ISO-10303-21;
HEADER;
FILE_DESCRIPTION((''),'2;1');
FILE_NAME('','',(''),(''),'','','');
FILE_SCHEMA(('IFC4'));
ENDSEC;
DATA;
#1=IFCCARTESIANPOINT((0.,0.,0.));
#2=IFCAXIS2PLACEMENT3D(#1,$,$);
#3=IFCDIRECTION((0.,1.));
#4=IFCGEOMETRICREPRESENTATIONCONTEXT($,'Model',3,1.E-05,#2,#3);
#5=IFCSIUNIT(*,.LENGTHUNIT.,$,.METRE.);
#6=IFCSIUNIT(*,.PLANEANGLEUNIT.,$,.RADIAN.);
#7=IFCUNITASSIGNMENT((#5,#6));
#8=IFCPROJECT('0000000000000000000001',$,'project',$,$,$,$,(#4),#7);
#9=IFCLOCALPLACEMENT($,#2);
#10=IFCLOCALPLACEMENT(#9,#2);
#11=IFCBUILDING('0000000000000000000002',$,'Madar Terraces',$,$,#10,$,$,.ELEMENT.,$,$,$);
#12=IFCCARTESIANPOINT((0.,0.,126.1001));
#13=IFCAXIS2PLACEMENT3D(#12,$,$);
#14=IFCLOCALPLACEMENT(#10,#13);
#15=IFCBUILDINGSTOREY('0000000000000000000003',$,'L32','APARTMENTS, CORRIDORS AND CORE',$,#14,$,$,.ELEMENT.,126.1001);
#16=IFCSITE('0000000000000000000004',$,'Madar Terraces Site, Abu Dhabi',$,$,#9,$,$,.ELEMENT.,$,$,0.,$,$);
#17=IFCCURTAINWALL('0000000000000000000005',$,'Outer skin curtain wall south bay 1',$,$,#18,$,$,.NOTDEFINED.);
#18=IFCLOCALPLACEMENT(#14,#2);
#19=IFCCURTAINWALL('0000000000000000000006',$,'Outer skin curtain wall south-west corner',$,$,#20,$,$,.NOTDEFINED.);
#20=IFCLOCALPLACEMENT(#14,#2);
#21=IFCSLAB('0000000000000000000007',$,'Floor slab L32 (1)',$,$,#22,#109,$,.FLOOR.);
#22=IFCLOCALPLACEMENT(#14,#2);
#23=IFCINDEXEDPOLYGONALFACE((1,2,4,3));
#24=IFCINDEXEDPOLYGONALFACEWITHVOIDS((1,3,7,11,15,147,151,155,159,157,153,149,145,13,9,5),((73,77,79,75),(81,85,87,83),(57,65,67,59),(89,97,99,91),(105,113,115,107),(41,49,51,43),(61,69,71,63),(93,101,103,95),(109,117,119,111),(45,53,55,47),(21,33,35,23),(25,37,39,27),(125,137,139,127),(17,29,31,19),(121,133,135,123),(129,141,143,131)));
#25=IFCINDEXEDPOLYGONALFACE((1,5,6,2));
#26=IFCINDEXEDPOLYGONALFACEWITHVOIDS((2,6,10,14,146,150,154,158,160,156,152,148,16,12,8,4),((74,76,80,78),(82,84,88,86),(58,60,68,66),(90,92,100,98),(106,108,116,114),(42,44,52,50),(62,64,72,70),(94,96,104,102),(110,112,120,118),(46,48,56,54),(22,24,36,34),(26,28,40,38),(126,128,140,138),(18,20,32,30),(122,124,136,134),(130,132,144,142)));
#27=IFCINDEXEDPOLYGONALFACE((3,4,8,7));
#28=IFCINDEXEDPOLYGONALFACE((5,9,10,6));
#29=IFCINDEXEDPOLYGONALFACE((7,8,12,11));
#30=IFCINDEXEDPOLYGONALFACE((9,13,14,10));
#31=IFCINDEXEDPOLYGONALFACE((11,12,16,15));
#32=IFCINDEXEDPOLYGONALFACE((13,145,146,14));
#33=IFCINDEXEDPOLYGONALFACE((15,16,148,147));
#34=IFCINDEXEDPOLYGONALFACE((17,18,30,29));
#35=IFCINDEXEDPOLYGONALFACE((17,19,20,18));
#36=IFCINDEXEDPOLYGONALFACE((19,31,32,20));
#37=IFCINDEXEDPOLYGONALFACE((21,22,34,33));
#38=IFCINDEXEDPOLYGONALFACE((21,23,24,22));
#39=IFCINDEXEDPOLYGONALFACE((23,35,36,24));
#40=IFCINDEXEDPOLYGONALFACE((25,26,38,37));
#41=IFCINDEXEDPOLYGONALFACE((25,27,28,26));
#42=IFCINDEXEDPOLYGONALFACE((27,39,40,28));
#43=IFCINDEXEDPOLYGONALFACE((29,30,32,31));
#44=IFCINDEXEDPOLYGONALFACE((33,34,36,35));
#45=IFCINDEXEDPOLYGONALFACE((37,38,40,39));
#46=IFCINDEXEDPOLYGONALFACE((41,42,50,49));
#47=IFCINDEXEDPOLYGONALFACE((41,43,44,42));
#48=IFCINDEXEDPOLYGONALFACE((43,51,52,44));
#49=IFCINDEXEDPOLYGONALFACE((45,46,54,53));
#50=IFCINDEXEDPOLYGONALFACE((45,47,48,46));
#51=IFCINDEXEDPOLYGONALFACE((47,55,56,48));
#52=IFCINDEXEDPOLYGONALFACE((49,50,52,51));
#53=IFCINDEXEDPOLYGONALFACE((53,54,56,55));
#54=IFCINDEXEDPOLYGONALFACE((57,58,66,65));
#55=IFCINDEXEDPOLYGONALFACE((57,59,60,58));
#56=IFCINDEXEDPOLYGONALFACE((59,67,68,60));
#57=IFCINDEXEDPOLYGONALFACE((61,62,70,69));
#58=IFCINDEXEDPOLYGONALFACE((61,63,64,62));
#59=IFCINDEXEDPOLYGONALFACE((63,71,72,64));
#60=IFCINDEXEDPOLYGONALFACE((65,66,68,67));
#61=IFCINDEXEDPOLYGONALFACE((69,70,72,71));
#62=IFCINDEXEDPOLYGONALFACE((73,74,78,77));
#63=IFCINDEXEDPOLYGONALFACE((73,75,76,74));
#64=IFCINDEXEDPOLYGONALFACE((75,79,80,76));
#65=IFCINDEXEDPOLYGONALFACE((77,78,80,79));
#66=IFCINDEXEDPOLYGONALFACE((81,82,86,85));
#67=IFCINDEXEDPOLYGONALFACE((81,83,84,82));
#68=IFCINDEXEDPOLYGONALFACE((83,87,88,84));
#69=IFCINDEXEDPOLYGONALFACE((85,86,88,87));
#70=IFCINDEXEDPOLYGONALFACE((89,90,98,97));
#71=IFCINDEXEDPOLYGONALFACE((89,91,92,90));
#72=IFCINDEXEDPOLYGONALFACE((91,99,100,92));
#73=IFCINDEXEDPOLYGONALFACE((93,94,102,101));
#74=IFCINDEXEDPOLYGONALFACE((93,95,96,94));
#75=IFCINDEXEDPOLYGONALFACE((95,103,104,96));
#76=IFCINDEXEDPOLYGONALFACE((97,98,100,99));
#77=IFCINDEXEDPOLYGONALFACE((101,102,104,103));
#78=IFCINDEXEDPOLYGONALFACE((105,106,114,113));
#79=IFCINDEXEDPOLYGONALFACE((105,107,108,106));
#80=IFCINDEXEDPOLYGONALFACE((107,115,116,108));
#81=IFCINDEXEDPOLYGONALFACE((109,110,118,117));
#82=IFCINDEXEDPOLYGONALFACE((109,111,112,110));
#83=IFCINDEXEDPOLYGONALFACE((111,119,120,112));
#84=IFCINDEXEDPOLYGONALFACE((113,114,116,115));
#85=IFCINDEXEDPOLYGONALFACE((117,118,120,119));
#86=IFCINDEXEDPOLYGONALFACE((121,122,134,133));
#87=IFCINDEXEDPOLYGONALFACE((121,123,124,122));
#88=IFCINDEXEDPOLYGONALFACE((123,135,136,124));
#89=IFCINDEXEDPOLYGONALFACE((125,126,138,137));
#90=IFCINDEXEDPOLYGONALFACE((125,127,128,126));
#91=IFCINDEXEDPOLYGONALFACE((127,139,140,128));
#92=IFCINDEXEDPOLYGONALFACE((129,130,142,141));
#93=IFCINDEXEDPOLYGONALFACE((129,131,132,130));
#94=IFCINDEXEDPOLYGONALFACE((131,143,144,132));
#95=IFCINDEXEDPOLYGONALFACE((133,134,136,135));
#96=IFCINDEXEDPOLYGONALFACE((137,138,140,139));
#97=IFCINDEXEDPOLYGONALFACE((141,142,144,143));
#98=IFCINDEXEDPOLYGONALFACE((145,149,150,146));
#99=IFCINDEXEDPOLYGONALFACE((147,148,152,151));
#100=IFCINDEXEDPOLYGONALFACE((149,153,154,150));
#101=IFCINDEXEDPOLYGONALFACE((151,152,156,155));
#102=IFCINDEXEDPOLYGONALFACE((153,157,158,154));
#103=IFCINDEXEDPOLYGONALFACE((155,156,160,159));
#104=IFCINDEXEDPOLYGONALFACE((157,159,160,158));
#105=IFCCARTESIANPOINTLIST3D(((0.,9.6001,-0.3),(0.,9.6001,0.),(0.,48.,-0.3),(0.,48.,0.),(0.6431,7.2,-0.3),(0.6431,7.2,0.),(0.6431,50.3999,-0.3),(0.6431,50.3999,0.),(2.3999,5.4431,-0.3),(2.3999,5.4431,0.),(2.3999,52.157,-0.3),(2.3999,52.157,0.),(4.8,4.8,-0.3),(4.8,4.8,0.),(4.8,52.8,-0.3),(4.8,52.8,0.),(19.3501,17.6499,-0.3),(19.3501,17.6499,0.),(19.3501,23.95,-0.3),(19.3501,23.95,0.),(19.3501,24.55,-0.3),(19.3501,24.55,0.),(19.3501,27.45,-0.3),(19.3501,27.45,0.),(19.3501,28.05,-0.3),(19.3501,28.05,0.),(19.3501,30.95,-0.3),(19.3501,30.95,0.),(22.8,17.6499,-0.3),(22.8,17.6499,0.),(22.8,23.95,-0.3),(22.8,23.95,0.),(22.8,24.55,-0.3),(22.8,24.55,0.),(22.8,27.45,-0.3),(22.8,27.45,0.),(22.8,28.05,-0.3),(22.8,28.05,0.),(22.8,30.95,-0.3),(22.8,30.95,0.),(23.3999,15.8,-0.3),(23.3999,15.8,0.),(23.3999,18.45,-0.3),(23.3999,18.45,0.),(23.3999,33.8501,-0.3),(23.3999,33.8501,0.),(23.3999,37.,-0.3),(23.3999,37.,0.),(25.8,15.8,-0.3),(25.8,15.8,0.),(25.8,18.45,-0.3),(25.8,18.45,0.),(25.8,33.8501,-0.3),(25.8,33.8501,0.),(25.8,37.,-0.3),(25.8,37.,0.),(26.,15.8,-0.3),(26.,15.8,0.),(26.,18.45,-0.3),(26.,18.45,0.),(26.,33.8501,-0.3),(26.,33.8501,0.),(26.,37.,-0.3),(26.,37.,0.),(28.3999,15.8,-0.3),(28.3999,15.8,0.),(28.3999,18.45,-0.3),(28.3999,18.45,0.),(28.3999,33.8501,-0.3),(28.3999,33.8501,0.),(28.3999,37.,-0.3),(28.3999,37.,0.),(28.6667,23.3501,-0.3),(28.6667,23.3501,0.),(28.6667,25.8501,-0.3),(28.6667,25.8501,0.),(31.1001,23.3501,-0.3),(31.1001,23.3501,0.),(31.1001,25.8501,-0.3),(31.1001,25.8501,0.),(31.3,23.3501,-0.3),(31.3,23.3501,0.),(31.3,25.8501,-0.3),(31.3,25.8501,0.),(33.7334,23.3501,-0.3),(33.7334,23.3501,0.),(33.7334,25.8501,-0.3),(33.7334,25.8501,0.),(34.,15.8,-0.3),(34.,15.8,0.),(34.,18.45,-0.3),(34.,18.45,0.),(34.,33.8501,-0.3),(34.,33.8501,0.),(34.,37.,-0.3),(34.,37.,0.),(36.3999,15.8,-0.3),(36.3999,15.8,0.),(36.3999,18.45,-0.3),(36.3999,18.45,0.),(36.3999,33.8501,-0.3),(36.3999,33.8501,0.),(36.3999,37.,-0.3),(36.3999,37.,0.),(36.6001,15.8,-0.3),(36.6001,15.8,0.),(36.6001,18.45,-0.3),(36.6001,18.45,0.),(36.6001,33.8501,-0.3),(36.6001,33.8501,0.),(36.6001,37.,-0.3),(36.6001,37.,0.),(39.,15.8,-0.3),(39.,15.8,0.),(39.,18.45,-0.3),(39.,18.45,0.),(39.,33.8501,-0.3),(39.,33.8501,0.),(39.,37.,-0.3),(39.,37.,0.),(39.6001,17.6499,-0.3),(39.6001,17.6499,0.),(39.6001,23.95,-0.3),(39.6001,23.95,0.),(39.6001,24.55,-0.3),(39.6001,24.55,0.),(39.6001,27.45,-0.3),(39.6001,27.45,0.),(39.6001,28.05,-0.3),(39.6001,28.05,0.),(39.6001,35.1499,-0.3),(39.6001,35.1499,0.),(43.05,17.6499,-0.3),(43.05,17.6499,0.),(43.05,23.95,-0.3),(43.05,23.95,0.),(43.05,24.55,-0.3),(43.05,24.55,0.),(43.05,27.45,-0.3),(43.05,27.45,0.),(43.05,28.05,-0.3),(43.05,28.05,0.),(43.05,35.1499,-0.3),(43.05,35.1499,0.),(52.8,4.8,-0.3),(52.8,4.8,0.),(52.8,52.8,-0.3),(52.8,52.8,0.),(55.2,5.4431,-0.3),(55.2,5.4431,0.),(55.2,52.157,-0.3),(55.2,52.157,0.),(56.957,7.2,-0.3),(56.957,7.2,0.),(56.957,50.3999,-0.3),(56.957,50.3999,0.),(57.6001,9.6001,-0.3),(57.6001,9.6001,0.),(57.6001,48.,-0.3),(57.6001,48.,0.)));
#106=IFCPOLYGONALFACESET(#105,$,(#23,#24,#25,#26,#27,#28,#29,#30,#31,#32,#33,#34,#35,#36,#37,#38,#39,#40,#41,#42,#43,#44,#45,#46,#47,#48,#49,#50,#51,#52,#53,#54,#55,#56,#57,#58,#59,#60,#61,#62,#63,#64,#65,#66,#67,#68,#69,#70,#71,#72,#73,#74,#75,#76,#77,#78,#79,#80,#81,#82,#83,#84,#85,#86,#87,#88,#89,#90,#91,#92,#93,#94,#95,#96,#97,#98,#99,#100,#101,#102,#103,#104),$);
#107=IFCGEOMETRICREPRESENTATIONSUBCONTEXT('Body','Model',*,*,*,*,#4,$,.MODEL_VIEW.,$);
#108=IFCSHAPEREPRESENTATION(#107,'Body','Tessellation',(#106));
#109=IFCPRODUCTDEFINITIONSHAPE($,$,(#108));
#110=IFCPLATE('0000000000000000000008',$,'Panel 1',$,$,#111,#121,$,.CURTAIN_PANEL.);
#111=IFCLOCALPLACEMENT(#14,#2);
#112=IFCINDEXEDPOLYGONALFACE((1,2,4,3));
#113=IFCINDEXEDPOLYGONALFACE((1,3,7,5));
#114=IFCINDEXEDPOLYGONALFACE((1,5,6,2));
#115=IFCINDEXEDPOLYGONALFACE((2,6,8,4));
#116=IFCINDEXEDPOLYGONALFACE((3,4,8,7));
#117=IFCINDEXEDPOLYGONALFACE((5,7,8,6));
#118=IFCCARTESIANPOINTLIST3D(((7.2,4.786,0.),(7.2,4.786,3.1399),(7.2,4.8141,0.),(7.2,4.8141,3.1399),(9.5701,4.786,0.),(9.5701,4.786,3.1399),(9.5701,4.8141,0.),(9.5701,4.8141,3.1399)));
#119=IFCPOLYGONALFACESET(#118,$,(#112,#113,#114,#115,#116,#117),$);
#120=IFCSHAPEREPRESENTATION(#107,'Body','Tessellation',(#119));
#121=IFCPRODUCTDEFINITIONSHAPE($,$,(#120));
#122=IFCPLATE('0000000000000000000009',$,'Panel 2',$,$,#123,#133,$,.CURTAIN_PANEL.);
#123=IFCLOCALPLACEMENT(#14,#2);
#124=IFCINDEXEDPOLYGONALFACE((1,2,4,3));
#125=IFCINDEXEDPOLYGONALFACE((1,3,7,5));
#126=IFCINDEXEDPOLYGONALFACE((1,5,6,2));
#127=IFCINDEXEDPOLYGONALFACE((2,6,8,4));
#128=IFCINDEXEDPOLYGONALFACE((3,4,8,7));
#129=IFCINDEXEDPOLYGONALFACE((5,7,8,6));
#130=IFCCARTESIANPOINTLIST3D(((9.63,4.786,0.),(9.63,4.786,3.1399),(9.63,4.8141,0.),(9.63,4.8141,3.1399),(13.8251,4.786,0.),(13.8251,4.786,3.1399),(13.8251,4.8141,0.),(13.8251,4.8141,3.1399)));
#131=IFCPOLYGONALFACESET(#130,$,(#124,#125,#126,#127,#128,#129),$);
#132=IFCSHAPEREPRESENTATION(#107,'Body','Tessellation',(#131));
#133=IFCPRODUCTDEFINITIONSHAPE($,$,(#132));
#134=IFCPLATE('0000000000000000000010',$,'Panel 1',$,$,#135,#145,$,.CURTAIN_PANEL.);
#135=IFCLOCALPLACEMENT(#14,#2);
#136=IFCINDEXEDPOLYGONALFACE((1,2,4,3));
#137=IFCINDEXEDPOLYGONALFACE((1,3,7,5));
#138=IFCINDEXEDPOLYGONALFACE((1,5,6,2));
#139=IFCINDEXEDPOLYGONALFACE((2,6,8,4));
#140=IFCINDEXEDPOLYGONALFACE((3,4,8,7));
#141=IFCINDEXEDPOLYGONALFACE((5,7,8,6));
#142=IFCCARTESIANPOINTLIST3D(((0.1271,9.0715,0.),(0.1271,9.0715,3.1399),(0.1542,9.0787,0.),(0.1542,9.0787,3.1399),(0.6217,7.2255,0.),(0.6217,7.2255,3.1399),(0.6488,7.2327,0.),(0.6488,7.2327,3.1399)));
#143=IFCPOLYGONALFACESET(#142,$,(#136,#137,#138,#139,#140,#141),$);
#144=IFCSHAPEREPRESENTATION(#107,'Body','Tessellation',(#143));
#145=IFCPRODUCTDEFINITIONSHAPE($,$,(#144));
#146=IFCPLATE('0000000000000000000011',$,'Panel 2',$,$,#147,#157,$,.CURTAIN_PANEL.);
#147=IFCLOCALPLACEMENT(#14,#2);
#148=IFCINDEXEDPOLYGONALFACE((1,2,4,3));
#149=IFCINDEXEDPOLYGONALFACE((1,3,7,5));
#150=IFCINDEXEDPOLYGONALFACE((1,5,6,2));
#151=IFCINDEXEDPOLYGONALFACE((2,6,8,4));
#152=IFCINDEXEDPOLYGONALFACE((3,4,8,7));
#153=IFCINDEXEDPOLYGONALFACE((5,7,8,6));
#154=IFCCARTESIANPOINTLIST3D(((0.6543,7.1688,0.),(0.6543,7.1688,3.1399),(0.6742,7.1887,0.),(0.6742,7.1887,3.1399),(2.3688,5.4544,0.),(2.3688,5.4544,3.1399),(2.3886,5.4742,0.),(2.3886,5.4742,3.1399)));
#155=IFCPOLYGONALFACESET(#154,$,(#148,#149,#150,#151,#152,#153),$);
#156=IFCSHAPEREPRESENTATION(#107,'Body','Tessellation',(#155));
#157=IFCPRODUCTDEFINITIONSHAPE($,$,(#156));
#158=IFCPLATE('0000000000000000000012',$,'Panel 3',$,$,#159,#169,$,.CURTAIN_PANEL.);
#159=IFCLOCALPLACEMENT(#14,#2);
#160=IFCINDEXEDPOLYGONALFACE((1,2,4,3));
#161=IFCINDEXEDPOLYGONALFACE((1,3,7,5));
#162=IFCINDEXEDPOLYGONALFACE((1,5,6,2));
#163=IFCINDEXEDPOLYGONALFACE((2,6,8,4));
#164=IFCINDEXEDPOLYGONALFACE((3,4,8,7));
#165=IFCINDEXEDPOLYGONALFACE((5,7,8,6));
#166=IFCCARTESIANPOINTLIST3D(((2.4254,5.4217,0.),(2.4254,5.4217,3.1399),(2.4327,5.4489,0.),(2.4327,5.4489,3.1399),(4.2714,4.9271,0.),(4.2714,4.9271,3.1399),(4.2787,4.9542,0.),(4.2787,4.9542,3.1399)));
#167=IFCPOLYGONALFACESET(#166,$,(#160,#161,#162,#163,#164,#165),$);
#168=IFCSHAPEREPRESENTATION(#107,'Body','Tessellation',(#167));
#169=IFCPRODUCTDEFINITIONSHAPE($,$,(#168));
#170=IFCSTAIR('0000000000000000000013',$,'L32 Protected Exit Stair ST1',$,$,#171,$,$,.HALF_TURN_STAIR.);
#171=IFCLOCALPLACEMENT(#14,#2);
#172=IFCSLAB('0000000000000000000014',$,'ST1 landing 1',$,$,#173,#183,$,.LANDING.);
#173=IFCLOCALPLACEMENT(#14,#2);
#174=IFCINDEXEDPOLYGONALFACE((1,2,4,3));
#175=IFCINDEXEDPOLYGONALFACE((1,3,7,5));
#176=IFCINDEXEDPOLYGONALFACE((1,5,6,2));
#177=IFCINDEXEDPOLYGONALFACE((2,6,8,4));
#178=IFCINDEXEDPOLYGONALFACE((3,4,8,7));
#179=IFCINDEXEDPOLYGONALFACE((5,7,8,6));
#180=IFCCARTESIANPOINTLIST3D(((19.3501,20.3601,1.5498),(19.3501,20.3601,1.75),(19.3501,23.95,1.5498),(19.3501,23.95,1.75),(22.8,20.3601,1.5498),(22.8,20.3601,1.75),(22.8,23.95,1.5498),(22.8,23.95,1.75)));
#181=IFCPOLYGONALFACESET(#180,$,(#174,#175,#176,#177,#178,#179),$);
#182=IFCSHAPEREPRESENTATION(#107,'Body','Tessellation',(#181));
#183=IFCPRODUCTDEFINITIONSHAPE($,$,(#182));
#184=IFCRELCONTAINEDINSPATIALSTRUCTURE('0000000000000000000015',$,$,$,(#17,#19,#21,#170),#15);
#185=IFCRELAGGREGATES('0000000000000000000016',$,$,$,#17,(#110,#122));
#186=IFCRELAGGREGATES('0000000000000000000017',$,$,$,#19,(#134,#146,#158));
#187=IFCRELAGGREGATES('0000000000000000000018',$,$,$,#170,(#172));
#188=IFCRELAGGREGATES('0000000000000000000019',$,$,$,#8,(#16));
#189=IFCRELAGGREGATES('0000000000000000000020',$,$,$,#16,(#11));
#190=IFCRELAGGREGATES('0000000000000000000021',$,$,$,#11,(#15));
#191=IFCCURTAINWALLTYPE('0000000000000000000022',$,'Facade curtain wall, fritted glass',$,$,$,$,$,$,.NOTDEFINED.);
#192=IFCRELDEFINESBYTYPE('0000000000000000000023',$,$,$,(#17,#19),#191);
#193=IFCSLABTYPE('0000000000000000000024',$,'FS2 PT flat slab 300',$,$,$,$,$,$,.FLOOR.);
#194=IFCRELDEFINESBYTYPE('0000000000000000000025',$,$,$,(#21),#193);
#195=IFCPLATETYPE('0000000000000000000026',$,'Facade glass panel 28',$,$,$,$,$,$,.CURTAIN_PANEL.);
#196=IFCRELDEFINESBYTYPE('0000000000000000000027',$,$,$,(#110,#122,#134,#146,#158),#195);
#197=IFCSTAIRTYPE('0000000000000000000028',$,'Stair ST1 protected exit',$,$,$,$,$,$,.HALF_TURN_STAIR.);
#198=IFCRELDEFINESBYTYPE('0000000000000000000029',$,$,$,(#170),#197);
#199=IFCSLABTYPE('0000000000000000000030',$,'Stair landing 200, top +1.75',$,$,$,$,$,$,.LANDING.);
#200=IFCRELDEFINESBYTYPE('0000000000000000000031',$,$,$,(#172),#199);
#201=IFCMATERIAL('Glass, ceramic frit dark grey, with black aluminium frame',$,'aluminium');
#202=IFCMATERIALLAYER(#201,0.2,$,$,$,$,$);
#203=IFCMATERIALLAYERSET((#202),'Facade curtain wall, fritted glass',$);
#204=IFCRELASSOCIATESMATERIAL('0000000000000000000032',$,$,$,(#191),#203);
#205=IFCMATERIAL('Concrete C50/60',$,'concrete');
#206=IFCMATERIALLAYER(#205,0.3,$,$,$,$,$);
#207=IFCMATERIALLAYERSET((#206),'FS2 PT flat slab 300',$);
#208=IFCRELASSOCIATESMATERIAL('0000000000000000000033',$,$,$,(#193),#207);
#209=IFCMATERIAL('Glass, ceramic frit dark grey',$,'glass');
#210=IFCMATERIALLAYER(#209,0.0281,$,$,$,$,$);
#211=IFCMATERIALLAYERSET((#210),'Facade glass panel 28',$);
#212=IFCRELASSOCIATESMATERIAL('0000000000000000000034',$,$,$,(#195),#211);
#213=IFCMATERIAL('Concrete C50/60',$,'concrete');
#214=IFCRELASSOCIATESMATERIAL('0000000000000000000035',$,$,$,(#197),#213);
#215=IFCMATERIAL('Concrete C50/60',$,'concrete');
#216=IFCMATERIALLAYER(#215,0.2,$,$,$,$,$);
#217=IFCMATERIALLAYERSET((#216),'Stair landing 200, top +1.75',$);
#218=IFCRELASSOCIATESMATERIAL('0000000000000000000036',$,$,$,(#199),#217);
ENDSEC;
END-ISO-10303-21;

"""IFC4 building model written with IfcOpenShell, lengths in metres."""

from ifc_helpers import new_model, si_unit, direction, frame, origin, origin_2d, place, context, subcontext, project, spatial, polyline, rectangle, outline, extrude, material, layer, layer_set, type_object, element, aggregate, save


model = new_model("IFC4")

# Units and contexts
model_context = context("Model", 3, precision=1e-05, world=origin(), true_north=direction((0.0, 1.0)))
body_context = subcontext(model_context, "Body", "Model", "MODEL_VIEW")
ifc_project = project(units=[si_unit("LENGTHUNIT", "METRE"), si_unit("PLANEANGLEUNIT", "RADIAN")], contexts=[model_context])

# Site, building, storey
site_placement = place(None, origin())
site = spatial("IfcSite", under=ifc_project, at=site_placement, Name="Madar Terraces Site, Abu Dhabi", CompositionType="ELEMENT", RefElevation=0.0)
building_placement = place(site_placement, origin())
building = spatial("IfcBuilding", under=site, at=building_placement, Name="Madar Terraces", CompositionType="ELEMENT")
storey_placement = place(building_placement, frame((0.0, 0.0, 126.1001)))
storey = spatial("IfcBuildingStorey", under=building, at=storey_placement, Name="L32", Description="APARTMENTS, CORRIDORS AND CORE", CompositionType="ELEMENT", Elevation=126.1001)

# Curtain wall
ifc_material_1 = material(Name="Glass, ceramic frit dark grey, with black aluminium frame", Category="aluminium")
ifc_layer_1 = layer(ifc_material_1, 0.2)
ifc_layer_set_1 = layer_set([ifc_layer_1], Name="Facade curtain wall, fritted glass")
curtain_wall_type = type_object("IfcCurtainWallType", Name="Facade curtain wall, fritted glass", PredefinedType="NOTDEFINED", material=ifc_layer_set_1)
curtain_wall_1_placement = place(storey_placement, origin())
curtain_wall_1 = element("IfcCurtainWall", 1, at=curtain_wall_1_placement, inside=storey, type_object=curtain_wall_type, Name="Outer skin curtain wall south bay 1", PredefinedType="NOTDEFINED")

# Curtain wall
curtain_wall_2_placement = place(storey_placement, origin())
curtain_wall_2 = element("IfcCurtainWall", 2, at=curtain_wall_2_placement, inside=storey, type_object=curtain_wall_type, Name="Outer skin curtain wall south-west corner", PredefinedType="NOTDEFINED")

# Slab
ifc_material_2 = material(Name="Concrete C50/60", Category="concrete")
ifc_layer_2 = layer(ifc_material_2, 0.3)
ifc_layer_set_2 = layer_set([ifc_layer_2], Name="FS2 PT flat slab 300")
slab_type_1 = type_object("IfcSlabType", Name="FS2 PT flat slab 300", PredefinedType="FLOOR", material=ifc_layer_set_2)
slab_1_placement = place(storey_placement, frame((0.0, 0.0, -0.3)))
element("IfcSlab", 3, at=slab_1_placement, inside=storey, type_object=slab_type_1, Name="Floor slab L32 (1)", PredefinedType="FLOOR", context=body_context, shape_type="SweptSolid", body=[
    extrude(outline(polyline([(52.8, 4.8), (55.2, 5.4431), (56.957, 7.2), (57.6001, 9.6001), (57.6001, 48.0), (56.957, 50.3999), (55.2, 52.157), (52.8, 52.8), (4.8, 52.8), (2.3999, 52.157), (0.6431, 50.3999), (0.0, 48.0), (0.0, 9.6001), (0.6431, 7.2), (2.3999, 5.4431), (4.8, 4.8), (52.8, 4.8)]), holes=[polyline([(23.3999, 15.8), (23.3999, 18.45), (25.8, 18.45), (25.8, 15.8), (23.3999, 15.8)]), polyline([(26.0, 15.8), (26.0, 18.45), (28.3999, 18.45), (28.3999, 15.8), (26.0, 15.8)]), polyline([(19.3501, 17.6499), (19.3501, 23.95), (22.8, 23.95), (22.8, 17.6499), (19.3501, 17.6499)]), polyline([(28.6667, 23.3501), (28.6667, 25.8501), (31.1001, 25.8501), (31.1001, 23.3501), (28.6667, 23.3501)]), polyline([(19.3501, 24.55), (19.3501, 27.45), (22.8, 27.45), (22.8, 24.55), (19.3501, 24.55)]), polyline([(19.3501, 28.05), (19.3501, 30.95), (22.8, 30.95), (22.8, 28.05), (19.3501, 28.05)]), polyline([(23.3999, 33.8501), (23.3999, 37.0), (25.8, 37.0), (25.8, 33.8501), (23.3999, 33.8501)]), polyline([(26.0, 33.8501), (26.0, 37.0), (28.3999, 37.0), (28.3999, 33.8501), (26.0, 33.8501)]), polyline([(34.0, 15.8), (34.0, 18.45), (36.3999, 18.45), (36.3999, 15.8), (34.0, 15.8)]), polyline([(36.6001, 15.8), (36.6001, 18.45), (39.0, 18.45), (39.0, 15.8), (36.6001, 15.8)]), polyline([(39.6001, 17.6499), (39.6001, 23.95), (43.05, 23.95), (43.05, 17.6499), (39.6001, 17.6499)]), polyline([(31.3, 23.3501), (31.3, 25.8501), (33.7334, 25.8501), (33.7334, 23.3501), (31.3, 23.3501)]), polyline([(39.6001, 24.55), (39.6001, 27.45), (43.05, 27.45), (43.05, 24.55), (39.6001, 24.55)]), polyline([(39.6001, 28.05), (39.6001, 35.1499), (43.05, 35.1499), (43.05, 28.05), (39.6001, 28.05)]), polyline([(34.0, 33.8501), (34.0, 37.0), (36.3999, 37.0), (36.3999, 33.8501), (34.0, 33.8501)]), polyline([(36.6001, 33.8501), (36.6001, 37.0), (39.0, 37.0), (39.0, 33.8501), (36.6001, 33.8501)])]), origin(), (0.0, 0.0, 1.0), 0.3),
])

# Plates
ifc_material_3 = material(Name="Glass, ceramic frit dark grey", Category="glass")
ifc_layer_3 = layer(ifc_material_3, 0.0281)
ifc_layer_set_3 = layer_set([ifc_layer_3], Name="Facade glass panel 28")
plate_type = type_object("IfcPlateType", Name="Facade glass panel 28", PredefinedType="CURTAIN_PANEL", material=ifc_layer_set_3)
plate_1_placement = place(storey_placement, frame((8.385, 4.8, 0.0), z_axis=(0.0, 0.0, 1.0), x_axis=(1.0, 0.0, 0.0)))
plate_1 = element("IfcPlate", 4, at=plate_1_placement, type_object=plate_type, Name="Panel 1", PredefinedType="CURTAIN_PANEL", context=body_context, shape_type="SweptSolid", body=[
    extrude(rectangle(XDim=2.3701, YDim=0.0281, at=origin_2d()), origin(), (0.0, 0.0, 1.0), 3.1399),
])
plate_2_placement = place(storey_placement, frame((11.7275, 4.8, 0.0), z_axis=(0.0, 0.0, 1.0), x_axis=(1.0, 0.0, 0.0)))
plate_2 = element("IfcPlate", 5, at=plate_2_placement, type_object=plate_type, Name="Panel 2", PredefinedType="CURTAIN_PANEL", context=body_context, shape_type="SweptSolid", body=[
    extrude(rectangle(XDim=4.1951, YDim=0.0281, at=origin_2d()), origin(), (0.0, 0.0, 1.0), 3.1399),
])
aggregate(curtain_wall_1, [plate_1, plate_2])
plate_3_placement = place(storey_placement, frame((0.3879, 8.1521, 0.0), z_axis=(0.0, 0.0, 1.0), x_axis=(0.258819, -0.965926, 0.0)))
plate_3 = element("IfcPlate", 6, at=plate_3_placement, type_object=plate_type, Name="Panel 1", PredefinedType="CURTAIN_PANEL", context=body_context, shape_type="SweptSolid", body=[
    extrude(rectangle(XDim=1.9111, YDim=0.0281, at=origin_2d()), origin(), (0.0, 0.0, 1.0), 3.1399),
])
plate_4_placement = place(storey_placement, frame((1.5215, 6.3215, 0.0), z_axis=(0.0, 0.0, 1.0), x_axis=(0.707107, -0.707107, 0.0)))
plate_4 = element("IfcPlate", 7, at=plate_4_placement, type_object=plate_type, Name="Panel 2", PredefinedType="CURTAIN_PANEL", context=body_context, shape_type="SweptSolid", body=[
    extrude(rectangle(XDim=2.4246, YDim=0.0281, at=origin_2d()), origin(), (0.0, 0.0, 1.0), 3.1399),
])
plate_5_placement = place(storey_placement, frame((3.3521, 5.188, 0.0), z_axis=(0.0, 0.0, 1.0), x_axis=(0.965926, -0.258819, 0.0)))
plate_5 = element("IfcPlate", 8, at=plate_5_placement, type_object=plate_type, Name="Panel 3", PredefinedType="CURTAIN_PANEL", context=body_context, shape_type="SweptSolid", body=[
    extrude(rectangle(XDim=1.9111, YDim=0.0281, at=origin_2d()), origin(), (0.0, 0.0, 1.0), 3.1399),
])
aggregate(curtain_wall_2, [plate_3, plate_4, plate_5])

# Stair, slab
ifc_material_4 = material(Name="Concrete C50/60", Category="concrete")
stair_type_1 = type_object("IfcStairType", Name="Stair ST1 protected exit", PredefinedType="HALF_TURN_STAIR", material=ifc_material_4)
stair_1_placement = place(storey_placement, origin())
stair_1 = element("IfcStair", 9, at=stair_1_placement, inside=storey, type_object=stair_type_1, Name="L32 Protected Exit Stair ST1", PredefinedType="HALF_TURN_STAIR")
ifc_material_5 = material(Name="Concrete C50/60", Category="concrete")
ifc_layer_4 = layer(ifc_material_5, 0.2)
ifc_layer_set_4 = layer_set([ifc_layer_4], Name="Stair landing 200, top +1.75")
slab_type_2 = type_object("IfcSlabType", Name="Stair landing 200, top +1.75", PredefinedType="LANDING", material=ifc_layer_set_4)
slab_2_placement = place(storey_placement, frame((0.0, 0.0, 1.5498)))
slab_2 = element("IfcSlab", 10, at=slab_2_placement, type_object=slab_type_2, Name="ST1 landing 1", PredefinedType="LANDING", context=body_context, shape_type="SweptSolid", body=[
    extrude(outline(polyline([(19.3501, 20.3601), (22.8, 20.3601), (22.8, 23.95), (19.3501, 23.95), (19.3501, 20.3601)])), origin(), (0.0, 0.0, 1.0), 0.2002),
])
aggregate(stair_1, [slab_2])

save(model, "model.ifc")
